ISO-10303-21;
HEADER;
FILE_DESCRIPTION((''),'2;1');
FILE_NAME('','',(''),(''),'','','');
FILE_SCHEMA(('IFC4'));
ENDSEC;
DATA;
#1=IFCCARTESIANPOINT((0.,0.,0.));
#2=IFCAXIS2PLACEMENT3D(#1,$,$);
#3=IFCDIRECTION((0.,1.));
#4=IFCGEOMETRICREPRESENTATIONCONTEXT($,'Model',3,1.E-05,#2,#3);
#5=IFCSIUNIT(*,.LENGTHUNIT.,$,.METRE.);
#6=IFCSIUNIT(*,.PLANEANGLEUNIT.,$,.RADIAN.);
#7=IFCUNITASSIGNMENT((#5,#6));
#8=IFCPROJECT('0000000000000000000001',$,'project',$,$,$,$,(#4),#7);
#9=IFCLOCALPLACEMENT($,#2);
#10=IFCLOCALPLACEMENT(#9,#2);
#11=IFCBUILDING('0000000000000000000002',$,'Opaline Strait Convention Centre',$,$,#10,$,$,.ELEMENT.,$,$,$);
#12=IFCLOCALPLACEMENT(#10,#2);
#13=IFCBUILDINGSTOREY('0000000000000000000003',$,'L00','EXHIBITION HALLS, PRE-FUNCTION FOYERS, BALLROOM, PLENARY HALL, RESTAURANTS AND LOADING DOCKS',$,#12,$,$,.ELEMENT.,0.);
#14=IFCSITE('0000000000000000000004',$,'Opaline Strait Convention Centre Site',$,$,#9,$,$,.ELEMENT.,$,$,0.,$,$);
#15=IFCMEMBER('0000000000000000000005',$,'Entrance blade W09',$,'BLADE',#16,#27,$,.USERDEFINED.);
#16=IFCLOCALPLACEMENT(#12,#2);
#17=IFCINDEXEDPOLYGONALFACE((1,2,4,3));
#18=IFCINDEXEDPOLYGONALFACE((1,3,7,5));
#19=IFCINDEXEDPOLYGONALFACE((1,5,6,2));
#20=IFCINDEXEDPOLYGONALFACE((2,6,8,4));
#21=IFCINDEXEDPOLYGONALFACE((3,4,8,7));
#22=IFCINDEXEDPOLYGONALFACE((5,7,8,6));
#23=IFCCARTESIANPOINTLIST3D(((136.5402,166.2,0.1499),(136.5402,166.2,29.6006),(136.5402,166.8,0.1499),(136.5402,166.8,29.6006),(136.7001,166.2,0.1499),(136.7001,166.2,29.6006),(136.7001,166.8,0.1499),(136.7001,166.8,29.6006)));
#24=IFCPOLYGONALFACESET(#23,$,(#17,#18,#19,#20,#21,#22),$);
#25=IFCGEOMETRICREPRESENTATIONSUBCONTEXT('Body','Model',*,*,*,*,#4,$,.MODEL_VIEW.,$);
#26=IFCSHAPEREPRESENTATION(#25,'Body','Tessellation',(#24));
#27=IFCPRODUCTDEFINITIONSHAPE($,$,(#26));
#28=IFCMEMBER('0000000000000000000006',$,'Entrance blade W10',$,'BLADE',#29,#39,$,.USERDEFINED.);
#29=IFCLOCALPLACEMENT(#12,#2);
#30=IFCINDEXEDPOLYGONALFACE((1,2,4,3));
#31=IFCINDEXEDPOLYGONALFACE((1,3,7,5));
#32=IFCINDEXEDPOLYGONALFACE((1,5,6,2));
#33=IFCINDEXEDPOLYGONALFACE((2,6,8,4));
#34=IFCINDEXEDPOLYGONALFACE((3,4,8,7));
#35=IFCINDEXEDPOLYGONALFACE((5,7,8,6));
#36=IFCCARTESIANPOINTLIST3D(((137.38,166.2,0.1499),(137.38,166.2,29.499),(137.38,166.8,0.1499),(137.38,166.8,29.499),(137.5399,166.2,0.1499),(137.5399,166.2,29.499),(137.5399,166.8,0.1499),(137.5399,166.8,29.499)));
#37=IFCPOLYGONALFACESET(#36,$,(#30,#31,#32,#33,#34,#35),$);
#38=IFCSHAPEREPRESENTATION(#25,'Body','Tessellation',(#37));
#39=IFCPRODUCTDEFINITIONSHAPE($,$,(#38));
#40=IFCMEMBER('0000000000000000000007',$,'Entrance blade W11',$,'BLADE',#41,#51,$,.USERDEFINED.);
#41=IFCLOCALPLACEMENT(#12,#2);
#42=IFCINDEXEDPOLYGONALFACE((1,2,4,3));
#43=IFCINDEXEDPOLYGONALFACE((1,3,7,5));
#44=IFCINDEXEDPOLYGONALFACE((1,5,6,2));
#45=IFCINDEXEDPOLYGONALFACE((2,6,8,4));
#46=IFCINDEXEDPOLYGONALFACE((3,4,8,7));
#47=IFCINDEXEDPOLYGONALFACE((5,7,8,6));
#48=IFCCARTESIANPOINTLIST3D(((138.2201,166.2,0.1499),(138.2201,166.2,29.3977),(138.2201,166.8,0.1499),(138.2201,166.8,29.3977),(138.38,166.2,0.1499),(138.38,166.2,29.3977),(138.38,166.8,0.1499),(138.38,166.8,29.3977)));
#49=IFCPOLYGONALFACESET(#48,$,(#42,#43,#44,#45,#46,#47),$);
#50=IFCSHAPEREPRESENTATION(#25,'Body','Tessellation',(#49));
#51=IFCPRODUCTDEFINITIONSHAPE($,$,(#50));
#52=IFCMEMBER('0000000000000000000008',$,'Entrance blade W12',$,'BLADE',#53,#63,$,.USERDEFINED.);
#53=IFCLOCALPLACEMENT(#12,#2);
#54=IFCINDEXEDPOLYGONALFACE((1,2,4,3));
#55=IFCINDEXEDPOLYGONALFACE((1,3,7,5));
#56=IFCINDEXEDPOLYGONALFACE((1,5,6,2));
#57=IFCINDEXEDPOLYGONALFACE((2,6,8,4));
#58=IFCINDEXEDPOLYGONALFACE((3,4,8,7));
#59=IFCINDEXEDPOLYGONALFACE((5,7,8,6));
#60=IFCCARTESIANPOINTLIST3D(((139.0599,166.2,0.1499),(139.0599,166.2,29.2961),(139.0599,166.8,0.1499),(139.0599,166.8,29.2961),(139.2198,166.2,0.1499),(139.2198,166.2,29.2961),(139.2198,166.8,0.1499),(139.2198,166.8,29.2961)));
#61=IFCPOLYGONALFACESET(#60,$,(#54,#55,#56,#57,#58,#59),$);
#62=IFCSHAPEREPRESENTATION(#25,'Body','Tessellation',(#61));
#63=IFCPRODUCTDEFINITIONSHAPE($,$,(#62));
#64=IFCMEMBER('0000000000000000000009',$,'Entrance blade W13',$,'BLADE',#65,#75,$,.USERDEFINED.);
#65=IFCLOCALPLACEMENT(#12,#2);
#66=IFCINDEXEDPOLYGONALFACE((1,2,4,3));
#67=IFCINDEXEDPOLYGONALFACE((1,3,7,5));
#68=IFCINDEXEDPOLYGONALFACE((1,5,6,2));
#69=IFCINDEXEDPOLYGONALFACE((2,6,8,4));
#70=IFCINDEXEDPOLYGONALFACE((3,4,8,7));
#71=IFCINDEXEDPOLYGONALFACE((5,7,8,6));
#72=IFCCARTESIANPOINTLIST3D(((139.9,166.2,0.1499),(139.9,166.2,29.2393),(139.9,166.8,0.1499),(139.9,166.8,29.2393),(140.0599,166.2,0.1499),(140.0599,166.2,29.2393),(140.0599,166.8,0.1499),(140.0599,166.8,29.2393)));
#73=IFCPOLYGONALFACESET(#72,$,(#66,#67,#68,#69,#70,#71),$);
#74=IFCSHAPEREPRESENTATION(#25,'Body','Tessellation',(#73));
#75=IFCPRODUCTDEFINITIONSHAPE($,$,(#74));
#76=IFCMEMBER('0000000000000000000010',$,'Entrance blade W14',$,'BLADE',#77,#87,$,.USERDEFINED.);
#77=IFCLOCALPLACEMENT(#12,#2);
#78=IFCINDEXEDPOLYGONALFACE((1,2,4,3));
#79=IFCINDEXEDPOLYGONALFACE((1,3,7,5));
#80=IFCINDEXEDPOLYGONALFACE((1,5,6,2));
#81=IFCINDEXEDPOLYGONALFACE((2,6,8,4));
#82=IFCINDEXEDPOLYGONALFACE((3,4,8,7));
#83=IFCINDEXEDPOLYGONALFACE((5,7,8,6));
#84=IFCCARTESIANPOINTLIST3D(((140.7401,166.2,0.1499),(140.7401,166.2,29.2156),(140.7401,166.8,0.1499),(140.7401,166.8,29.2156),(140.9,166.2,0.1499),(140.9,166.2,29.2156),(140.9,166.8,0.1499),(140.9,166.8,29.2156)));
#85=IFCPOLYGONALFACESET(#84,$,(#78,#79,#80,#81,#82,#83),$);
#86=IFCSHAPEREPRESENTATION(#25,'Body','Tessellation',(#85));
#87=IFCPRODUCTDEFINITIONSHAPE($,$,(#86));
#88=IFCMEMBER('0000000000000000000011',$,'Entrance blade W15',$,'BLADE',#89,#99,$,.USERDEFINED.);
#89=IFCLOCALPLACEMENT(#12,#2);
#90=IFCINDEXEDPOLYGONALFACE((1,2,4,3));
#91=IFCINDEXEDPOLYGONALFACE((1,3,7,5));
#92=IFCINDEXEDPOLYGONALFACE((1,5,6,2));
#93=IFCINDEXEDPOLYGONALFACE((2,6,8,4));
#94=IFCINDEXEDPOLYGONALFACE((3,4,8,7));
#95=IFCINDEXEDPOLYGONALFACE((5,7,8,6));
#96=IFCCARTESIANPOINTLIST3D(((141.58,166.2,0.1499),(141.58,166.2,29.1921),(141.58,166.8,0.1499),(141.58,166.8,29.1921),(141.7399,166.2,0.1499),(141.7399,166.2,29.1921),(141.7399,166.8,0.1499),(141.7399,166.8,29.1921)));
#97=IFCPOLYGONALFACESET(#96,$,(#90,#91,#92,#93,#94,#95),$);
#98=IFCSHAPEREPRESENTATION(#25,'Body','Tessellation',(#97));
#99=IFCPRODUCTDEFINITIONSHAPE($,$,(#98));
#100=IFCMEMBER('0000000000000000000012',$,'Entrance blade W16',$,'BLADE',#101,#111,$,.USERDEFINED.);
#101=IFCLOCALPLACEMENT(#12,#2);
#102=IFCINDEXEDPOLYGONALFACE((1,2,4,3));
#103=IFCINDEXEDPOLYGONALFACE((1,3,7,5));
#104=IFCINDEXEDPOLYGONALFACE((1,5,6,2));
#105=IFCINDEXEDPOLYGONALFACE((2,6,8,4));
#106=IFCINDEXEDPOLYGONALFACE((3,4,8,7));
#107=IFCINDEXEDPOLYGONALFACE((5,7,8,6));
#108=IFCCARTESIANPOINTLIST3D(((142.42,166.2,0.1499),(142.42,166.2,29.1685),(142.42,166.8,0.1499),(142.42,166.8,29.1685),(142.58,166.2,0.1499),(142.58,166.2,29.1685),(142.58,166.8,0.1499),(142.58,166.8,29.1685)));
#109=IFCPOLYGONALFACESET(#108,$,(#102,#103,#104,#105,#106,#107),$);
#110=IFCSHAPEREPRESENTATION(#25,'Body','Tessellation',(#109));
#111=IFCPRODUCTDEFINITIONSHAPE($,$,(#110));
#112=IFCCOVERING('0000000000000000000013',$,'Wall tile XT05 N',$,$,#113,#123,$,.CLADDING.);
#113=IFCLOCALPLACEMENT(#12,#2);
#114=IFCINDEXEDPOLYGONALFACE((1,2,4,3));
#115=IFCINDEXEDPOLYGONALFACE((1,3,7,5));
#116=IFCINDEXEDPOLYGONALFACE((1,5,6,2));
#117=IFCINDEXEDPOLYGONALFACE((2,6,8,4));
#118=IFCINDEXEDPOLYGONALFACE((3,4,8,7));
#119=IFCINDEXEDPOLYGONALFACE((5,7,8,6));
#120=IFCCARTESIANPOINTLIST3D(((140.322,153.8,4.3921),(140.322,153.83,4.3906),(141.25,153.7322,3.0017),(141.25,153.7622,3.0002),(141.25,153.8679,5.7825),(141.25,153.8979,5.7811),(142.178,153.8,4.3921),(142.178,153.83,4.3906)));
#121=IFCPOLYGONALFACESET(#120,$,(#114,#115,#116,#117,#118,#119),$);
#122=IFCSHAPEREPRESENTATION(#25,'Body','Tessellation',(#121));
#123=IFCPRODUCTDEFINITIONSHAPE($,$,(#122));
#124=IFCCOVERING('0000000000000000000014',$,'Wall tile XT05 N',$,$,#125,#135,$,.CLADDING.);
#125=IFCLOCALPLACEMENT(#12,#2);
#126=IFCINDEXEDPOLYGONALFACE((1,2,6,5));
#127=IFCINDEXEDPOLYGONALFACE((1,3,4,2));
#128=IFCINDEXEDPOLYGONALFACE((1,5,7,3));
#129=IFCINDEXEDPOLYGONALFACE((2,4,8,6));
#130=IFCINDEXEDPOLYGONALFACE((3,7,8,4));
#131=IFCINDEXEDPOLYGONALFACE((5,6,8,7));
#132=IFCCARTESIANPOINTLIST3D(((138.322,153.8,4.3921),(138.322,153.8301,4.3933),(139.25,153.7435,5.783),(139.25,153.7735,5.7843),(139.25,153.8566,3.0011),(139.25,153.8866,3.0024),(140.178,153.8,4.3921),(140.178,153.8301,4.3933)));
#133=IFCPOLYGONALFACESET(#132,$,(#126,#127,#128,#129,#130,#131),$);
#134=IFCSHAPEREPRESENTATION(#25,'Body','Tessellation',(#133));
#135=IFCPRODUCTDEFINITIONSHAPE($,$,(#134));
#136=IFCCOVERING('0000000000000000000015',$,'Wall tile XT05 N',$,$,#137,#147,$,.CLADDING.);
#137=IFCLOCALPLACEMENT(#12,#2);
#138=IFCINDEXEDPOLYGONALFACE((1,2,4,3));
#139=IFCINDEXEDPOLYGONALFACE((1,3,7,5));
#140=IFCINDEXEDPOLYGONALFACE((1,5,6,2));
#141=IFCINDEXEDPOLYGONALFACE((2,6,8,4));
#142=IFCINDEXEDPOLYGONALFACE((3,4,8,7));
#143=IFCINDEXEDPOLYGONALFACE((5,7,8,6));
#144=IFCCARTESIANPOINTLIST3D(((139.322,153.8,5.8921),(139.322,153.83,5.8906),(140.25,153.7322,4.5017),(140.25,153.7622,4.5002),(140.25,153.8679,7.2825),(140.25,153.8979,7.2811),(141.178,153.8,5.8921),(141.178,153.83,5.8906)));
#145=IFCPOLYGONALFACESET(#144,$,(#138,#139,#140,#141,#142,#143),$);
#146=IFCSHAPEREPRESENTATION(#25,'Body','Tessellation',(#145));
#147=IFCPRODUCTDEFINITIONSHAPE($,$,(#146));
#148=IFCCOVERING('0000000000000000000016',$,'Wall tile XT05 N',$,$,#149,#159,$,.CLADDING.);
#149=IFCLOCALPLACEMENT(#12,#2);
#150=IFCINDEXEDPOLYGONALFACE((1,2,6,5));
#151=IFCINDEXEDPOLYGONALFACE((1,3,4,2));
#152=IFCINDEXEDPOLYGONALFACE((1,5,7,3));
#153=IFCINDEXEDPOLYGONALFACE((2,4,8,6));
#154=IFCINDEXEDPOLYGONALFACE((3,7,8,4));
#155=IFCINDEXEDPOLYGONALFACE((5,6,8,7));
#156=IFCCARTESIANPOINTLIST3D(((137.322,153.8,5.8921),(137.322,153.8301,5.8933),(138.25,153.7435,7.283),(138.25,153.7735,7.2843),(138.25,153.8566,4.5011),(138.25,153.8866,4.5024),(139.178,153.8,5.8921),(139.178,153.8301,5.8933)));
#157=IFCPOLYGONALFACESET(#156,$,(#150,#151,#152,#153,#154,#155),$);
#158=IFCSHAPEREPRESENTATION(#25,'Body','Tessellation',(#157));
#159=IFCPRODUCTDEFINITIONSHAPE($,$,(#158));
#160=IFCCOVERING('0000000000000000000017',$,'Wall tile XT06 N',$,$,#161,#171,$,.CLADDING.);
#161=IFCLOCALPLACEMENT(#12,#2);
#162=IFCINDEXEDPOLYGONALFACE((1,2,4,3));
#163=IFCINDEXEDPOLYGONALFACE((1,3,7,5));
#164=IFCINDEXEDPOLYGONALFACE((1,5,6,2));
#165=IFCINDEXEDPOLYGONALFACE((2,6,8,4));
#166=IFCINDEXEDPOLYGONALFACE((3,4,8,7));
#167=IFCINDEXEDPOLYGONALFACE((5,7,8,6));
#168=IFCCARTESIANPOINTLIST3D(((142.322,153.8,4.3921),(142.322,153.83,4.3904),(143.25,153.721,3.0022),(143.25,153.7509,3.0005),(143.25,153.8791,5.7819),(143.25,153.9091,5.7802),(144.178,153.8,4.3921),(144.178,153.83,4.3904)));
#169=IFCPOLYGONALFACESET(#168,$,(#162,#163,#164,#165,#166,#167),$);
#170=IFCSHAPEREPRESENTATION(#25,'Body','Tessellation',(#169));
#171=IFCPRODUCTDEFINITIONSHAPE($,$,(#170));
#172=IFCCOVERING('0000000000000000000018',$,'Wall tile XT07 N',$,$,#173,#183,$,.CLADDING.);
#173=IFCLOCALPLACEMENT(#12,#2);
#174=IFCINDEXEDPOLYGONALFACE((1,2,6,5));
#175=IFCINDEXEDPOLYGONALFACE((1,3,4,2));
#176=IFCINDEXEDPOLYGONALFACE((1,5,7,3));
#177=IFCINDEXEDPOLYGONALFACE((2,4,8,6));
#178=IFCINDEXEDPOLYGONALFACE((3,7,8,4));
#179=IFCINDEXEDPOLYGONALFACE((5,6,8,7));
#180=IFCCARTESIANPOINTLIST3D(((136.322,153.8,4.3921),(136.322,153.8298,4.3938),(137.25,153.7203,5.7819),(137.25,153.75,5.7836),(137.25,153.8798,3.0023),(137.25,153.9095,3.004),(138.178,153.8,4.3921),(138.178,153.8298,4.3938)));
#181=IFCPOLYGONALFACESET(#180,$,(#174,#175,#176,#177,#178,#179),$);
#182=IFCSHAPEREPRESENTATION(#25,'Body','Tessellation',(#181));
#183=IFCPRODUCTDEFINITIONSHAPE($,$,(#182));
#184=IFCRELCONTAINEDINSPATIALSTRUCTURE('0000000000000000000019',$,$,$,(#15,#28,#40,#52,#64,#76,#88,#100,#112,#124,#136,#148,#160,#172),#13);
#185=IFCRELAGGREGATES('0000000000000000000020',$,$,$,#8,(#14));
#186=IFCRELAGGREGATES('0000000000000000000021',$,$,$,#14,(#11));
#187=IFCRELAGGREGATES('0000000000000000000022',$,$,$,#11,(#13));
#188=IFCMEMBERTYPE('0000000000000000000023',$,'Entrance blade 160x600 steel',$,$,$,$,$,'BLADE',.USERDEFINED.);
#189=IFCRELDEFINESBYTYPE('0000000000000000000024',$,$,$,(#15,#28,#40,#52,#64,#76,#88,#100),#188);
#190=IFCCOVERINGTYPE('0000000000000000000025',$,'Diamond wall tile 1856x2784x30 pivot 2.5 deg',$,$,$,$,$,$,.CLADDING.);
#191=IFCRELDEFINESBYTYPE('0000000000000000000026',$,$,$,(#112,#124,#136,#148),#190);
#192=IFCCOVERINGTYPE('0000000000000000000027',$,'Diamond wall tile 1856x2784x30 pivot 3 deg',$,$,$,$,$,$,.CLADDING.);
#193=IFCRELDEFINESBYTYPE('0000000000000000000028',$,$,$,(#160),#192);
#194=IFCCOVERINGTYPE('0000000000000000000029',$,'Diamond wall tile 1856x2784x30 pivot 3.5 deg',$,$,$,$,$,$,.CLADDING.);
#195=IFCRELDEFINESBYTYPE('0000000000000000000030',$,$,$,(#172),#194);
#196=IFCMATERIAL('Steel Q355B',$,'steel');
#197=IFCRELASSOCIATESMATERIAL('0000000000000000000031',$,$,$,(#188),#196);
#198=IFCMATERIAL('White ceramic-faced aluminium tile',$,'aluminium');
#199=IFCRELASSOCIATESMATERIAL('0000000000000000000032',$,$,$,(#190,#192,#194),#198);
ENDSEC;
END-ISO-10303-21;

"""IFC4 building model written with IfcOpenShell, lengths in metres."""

from ifc_helpers import new_model, si_unit, direction, frame, origin, origin_2d, place, context, subcontext, project, spatial, polyline, rectangle, outline, extrude, material, material_profile, profile_set, type_object, element, save


model = new_model("IFC4")

# Units and contexts
model_context = context("Model", 3, precision=1e-05, world=origin(), true_north=direction((0.0, 1.0)))
body_context = subcontext(model_context, "Body", "Model", "MODEL_VIEW")
ifc_project = project(units=[si_unit("LENGTHUNIT", "METRE"), si_unit("PLANEANGLEUNIT", "RADIAN")], contexts=[model_context])

# Site, building, storey
site_placement = place(None, origin())
site = spatial("IfcSite", under=ifc_project, at=site_placement, Name="Opaline Strait Convention Centre Site", CompositionType="ELEMENT", RefElevation=0.0)
building_placement = place(site_placement, origin())
building = spatial("IfcBuilding", under=site, at=building_placement, Name="Opaline Strait Convention Centre", CompositionType="ELEMENT")
storey_placement = place(building_placement, origin())
storey = spatial("IfcBuildingStorey", under=building, at=storey_placement, Name="L00", Description="EXHIBITION HALLS, PRE-FUNCTION FOYERS, BALLROOM, PLENARY HALL, RESTAURANTS AND LOADING DOCKS", CompositionType="ELEMENT", Elevation=0.0)

# Members
ifc_material_1 = material(Name="Steel Q355B", Category="steel")
ifc_material_profile_1 = material_profile(ifc_material_1, rectangle(XDim=0.1599, YDim=0.6001, at=origin_2d()), Name="BAR 160x600")
ifc_profile_set_1 = profile_set([ifc_material_profile_1], Name="Steel Q355B")
member_type = type_object("IfcMemberType", Name="Entrance blade 160x600 steel", ElementType="BLADE", PredefinedType="USERDEFINED", material=ifc_profile_set_1)
member_1_placement = place(storey_placement, frame((136.6201, 166.5, 0.1499), z_axis=(0.0, 0.0, 1.0), x_axis=(1.0, 0.0, 0.0)))
element("IfcMember", 1, at=member_1_placement, inside=storey, type_object=member_type, Name="Entrance blade W09", ObjectType="BLADE", PredefinedType="USERDEFINED", context=body_context, shape_type="SweptSolid", body=[
    extrude(rectangle(XDim=0.1599, YDim=0.6001, at=origin_2d()), origin(), (0.0, 0.0, 1.0), 29.4507),
])
member_2_placement = place(storey_placement, frame((137.46, 166.5, 0.1499), z_axis=(0.0, 0.0, 1.0), x_axis=(1.0, 0.0, 0.0)))
element("IfcMember", 2, at=member_2_placement, inside=storey, type_object=member_type, Name="Entrance blade W10", ObjectType="BLADE", PredefinedType="USERDEFINED", context=body_context, shape_type="SweptSolid", body=[
    extrude(rectangle(XDim=0.1599, YDim=0.6001, at=origin_2d()), origin(), (0.0, 0.0, 1.0), 29.3491),
])
member_3_placement = place(storey_placement, frame((138.3, 166.5, 0.1499), z_axis=(0.0, 0.0, 1.0), x_axis=(1.0, 0.0, 0.0)))
element("IfcMember", 3, at=member_3_placement, inside=storey, type_object=member_type, Name="Entrance blade W11", ObjectType="BLADE", PredefinedType="USERDEFINED", context=body_context, shape_type="SweptSolid", body=[
    extrude(rectangle(XDim=0.1599, YDim=0.6001, at=origin_2d()), origin(), (0.0, 0.0, 1.0), 29.2478),
])
member_4_placement = place(storey_placement, frame((139.1399, 166.5, 0.1499), z_axis=(0.0, 0.0, 1.0), x_axis=(1.0, 0.0, 0.0)))
element("IfcMember", 4, at=member_4_placement, inside=storey, type_object=member_type, Name="Entrance blade W12", ObjectType="BLADE", PredefinedType="USERDEFINED", context=body_context, shape_type="SweptSolid", body=[
    extrude(rectangle(XDim=0.1599, YDim=0.6001, at=origin_2d()), origin(), (0.0, 0.0, 1.0), 29.1462),
])
member_5_placement = place(storey_placement, frame((139.98, 166.5, 0.1499), z_axis=(0.0, 0.0, 1.0), x_axis=(1.0, 0.0, 0.0)))
element("IfcMember", 5, at=member_5_placement, inside=storey, type_object=member_type, Name="Entrance blade W13", ObjectType="BLADE", PredefinedType="USERDEFINED", context=body_context, shape_type="SweptSolid", body=[
    extrude(rectangle(XDim=0.1599, YDim=0.6001, at=origin_2d()), origin(), (0.0, 0.0, 1.0), 29.0894),
])
member_6_placement = place(storey_placement, frame((140.8201, 166.5, 0.1499), z_axis=(0.0, 0.0, 1.0), x_axis=(1.0, 0.0, 0.0)))
element("IfcMember", 6, at=member_6_placement, inside=storey, type_object=member_type, Name="Entrance blade W14", ObjectType="BLADE", PredefinedType="USERDEFINED", context=body_context, shape_type="SweptSolid", body=[
    extrude(rectangle(XDim=0.1599, YDim=0.6001, at=origin_2d()), origin(), (0.0, 0.0, 1.0), 29.0657),
])
member_7_placement = place(storey_placement, frame((141.6599, 166.5, 0.1499), z_axis=(0.0, 0.0, 1.0), x_axis=(1.0, 0.0, 0.0)))
element("IfcMember", 7, at=member_7_placement, inside=storey, type_object=member_type, Name="Entrance blade W15", ObjectType="BLADE", PredefinedType="USERDEFINED", context=body_context, shape_type="SweptSolid", body=[
    extrude(rectangle(XDim=0.1599, YDim=0.6001, at=origin_2d()), origin(), (0.0, 0.0, 1.0), 29.0422),
])
member_8_placement = place(storey_placement, frame((142.5, 166.5, 0.1499), z_axis=(0.0, 0.0, 1.0), x_axis=(1.0, 0.0, 0.0)))
element("IfcMember", 8, at=member_8_placement, inside=storey, type_object=member_type, Name="Entrance blade W16", ObjectType="BLADE", PredefinedType="USERDEFINED", context=body_context, shape_type="SweptSolid", body=[
    extrude(rectangle(XDim=0.1599, YDim=0.6001, at=origin_2d()), origin(), (0.0, 0.0, 1.0), 29.0186),
])

# Coverings
ifc_material_2 = material(Name="White ceramic-faced aluminium tile", Category="aluminium")
ifc_material_profile_2 = material_profile(ifc_material_2, outline(polyline([(0.928, 0.0), (0.0, 1.3921), (-0.928, 0.0), (0.0, -1.3921), (0.928, 0.0)])), Name="Diamond tile 1856x2784")
ifc_profile_set_2 = profile_set([ifc_material_profile_2], Name="White ceramic-faced aluminium tile")
covering_type_1 = type_object("IfcCoveringType", Name="Diamond wall tile 1856x2784x30 pivot 2.5 deg", PredefinedType="CLADDING", material=ifc_profile_set_2)
for number, where, z_axis, x_axis, name in (
    (9, (141.25, 153.8, 4.3921), (0.0, 0.998812, -0.048723), (-1.0, 0.0, 0.0), "Wall tile XT05 N"),
    (10, (139.25, 153.8, 4.3921), (0.0, 0.999175, 0.040617), (-1.0, 0.0, 0.0), "Wall tile XT05 N"),
    (11, (140.25, 153.8, 5.8921), (0.0, 0.998812, -0.048723), (-1.0, 0.0, 0.0), "Wall tile XT05 N"),
    (12, (138.25, 153.8, 5.8921), (0.0, 0.999175, 0.040617), (-1.0, 0.0, 0.0), "Wall tile XT05 N"),
):
    element("IfcCovering", number, at=place(storey_placement, frame(where, z_axis=z_axis, x_axis=x_axis)), inside=storey, type_object=covering_type_1, Name=name, PredefinedType="CLADDING", context=body_context, shape_type="SweptSolid", body=[
        extrude(outline(polyline([(0.928, 0.0), (0.0, 1.3921), (-0.928, 0.0), (0.0, -1.3921), (0.928, 0.0)])), origin(), (0.0, 0.0, 1.0), 0.03),
    ])
ifc_material_profile_3 = material_profile(ifc_material_2, outline(polyline([(0.928, 0.0), (0.0, 1.3921), (-0.928, 0.0), (0.0, -1.3921), (0.928, 0.0)])), Name="Diamond tile 1856x2784")
ifc_profile_set_3 = profile_set([ifc_material_profile_3], Name="White ceramic-faced aluminium tile")
covering_type_2 = type_object("IfcCoveringType", Name="Diamond wall tile 1856x2784x30 pivot 3 deg", PredefinedType="CLADDING", material=ifc_profile_set_3)
covering_1_placement = place(storey_placement, frame((143.25, 153.8, 4.3921), z_axis=(0.0, 0.998385, -0.056819), x_axis=(-1.0, 0.0, 0.0)))
element("IfcCovering", 13, at=covering_1_placement, inside=storey, type_object=covering_type_2, Name="Wall tile XT06 N", PredefinedType="CLADDING", context=body_context, shape_type="SweptSolid", body=[
    extrude(outline(polyline([(0.928, 0.0), (0.0, 1.3921), (-0.928, 0.0), (0.0, -1.3921), (0.928, 0.0)])), origin(), (0.0, 0.0, 1.0), 0.03),
])
ifc_material_profile_4 = material_profile(ifc_material_2, outline(polyline([(0.928, 0.0), (0.0, 1.3921), (-0.928, 0.0), (0.0, -1.3921), (0.928, 0.0)])), Name="Diamond tile 1856x2784")
ifc_profile_set_4 = profile_set([ifc_material_profile_4], Name="White ceramic-faced aluminium tile")
covering_type_3 = type_object("IfcCoveringType", Name="Diamond wall tile 1856x2784x30 pivot 3.5 deg", PredefinedType="CLADDING", material=ifc_profile_set_4)
covering_2_placement = place(storey_placement, frame((137.25, 153.8, 4.3921), z_axis=(0.0, 0.998358, 0.057283), x_axis=(-1.0, 0.0, 0.0)))
element("IfcCovering", 14, at=covering_2_placement, inside=storey, type_object=covering_type_3, Name="Wall tile XT07 N", PredefinedType="CLADDING", context=body_context, shape_type="SweptSolid", body=[
    extrude(outline(polyline([(0.928, 0.0), (0.0, 1.3921), (-0.928, 0.0), (0.0, -1.3921), (0.928, 0.0)])), origin(), (0.0, 0.0, 1.0), 0.0298),
])

save(model, "model.ifc")
